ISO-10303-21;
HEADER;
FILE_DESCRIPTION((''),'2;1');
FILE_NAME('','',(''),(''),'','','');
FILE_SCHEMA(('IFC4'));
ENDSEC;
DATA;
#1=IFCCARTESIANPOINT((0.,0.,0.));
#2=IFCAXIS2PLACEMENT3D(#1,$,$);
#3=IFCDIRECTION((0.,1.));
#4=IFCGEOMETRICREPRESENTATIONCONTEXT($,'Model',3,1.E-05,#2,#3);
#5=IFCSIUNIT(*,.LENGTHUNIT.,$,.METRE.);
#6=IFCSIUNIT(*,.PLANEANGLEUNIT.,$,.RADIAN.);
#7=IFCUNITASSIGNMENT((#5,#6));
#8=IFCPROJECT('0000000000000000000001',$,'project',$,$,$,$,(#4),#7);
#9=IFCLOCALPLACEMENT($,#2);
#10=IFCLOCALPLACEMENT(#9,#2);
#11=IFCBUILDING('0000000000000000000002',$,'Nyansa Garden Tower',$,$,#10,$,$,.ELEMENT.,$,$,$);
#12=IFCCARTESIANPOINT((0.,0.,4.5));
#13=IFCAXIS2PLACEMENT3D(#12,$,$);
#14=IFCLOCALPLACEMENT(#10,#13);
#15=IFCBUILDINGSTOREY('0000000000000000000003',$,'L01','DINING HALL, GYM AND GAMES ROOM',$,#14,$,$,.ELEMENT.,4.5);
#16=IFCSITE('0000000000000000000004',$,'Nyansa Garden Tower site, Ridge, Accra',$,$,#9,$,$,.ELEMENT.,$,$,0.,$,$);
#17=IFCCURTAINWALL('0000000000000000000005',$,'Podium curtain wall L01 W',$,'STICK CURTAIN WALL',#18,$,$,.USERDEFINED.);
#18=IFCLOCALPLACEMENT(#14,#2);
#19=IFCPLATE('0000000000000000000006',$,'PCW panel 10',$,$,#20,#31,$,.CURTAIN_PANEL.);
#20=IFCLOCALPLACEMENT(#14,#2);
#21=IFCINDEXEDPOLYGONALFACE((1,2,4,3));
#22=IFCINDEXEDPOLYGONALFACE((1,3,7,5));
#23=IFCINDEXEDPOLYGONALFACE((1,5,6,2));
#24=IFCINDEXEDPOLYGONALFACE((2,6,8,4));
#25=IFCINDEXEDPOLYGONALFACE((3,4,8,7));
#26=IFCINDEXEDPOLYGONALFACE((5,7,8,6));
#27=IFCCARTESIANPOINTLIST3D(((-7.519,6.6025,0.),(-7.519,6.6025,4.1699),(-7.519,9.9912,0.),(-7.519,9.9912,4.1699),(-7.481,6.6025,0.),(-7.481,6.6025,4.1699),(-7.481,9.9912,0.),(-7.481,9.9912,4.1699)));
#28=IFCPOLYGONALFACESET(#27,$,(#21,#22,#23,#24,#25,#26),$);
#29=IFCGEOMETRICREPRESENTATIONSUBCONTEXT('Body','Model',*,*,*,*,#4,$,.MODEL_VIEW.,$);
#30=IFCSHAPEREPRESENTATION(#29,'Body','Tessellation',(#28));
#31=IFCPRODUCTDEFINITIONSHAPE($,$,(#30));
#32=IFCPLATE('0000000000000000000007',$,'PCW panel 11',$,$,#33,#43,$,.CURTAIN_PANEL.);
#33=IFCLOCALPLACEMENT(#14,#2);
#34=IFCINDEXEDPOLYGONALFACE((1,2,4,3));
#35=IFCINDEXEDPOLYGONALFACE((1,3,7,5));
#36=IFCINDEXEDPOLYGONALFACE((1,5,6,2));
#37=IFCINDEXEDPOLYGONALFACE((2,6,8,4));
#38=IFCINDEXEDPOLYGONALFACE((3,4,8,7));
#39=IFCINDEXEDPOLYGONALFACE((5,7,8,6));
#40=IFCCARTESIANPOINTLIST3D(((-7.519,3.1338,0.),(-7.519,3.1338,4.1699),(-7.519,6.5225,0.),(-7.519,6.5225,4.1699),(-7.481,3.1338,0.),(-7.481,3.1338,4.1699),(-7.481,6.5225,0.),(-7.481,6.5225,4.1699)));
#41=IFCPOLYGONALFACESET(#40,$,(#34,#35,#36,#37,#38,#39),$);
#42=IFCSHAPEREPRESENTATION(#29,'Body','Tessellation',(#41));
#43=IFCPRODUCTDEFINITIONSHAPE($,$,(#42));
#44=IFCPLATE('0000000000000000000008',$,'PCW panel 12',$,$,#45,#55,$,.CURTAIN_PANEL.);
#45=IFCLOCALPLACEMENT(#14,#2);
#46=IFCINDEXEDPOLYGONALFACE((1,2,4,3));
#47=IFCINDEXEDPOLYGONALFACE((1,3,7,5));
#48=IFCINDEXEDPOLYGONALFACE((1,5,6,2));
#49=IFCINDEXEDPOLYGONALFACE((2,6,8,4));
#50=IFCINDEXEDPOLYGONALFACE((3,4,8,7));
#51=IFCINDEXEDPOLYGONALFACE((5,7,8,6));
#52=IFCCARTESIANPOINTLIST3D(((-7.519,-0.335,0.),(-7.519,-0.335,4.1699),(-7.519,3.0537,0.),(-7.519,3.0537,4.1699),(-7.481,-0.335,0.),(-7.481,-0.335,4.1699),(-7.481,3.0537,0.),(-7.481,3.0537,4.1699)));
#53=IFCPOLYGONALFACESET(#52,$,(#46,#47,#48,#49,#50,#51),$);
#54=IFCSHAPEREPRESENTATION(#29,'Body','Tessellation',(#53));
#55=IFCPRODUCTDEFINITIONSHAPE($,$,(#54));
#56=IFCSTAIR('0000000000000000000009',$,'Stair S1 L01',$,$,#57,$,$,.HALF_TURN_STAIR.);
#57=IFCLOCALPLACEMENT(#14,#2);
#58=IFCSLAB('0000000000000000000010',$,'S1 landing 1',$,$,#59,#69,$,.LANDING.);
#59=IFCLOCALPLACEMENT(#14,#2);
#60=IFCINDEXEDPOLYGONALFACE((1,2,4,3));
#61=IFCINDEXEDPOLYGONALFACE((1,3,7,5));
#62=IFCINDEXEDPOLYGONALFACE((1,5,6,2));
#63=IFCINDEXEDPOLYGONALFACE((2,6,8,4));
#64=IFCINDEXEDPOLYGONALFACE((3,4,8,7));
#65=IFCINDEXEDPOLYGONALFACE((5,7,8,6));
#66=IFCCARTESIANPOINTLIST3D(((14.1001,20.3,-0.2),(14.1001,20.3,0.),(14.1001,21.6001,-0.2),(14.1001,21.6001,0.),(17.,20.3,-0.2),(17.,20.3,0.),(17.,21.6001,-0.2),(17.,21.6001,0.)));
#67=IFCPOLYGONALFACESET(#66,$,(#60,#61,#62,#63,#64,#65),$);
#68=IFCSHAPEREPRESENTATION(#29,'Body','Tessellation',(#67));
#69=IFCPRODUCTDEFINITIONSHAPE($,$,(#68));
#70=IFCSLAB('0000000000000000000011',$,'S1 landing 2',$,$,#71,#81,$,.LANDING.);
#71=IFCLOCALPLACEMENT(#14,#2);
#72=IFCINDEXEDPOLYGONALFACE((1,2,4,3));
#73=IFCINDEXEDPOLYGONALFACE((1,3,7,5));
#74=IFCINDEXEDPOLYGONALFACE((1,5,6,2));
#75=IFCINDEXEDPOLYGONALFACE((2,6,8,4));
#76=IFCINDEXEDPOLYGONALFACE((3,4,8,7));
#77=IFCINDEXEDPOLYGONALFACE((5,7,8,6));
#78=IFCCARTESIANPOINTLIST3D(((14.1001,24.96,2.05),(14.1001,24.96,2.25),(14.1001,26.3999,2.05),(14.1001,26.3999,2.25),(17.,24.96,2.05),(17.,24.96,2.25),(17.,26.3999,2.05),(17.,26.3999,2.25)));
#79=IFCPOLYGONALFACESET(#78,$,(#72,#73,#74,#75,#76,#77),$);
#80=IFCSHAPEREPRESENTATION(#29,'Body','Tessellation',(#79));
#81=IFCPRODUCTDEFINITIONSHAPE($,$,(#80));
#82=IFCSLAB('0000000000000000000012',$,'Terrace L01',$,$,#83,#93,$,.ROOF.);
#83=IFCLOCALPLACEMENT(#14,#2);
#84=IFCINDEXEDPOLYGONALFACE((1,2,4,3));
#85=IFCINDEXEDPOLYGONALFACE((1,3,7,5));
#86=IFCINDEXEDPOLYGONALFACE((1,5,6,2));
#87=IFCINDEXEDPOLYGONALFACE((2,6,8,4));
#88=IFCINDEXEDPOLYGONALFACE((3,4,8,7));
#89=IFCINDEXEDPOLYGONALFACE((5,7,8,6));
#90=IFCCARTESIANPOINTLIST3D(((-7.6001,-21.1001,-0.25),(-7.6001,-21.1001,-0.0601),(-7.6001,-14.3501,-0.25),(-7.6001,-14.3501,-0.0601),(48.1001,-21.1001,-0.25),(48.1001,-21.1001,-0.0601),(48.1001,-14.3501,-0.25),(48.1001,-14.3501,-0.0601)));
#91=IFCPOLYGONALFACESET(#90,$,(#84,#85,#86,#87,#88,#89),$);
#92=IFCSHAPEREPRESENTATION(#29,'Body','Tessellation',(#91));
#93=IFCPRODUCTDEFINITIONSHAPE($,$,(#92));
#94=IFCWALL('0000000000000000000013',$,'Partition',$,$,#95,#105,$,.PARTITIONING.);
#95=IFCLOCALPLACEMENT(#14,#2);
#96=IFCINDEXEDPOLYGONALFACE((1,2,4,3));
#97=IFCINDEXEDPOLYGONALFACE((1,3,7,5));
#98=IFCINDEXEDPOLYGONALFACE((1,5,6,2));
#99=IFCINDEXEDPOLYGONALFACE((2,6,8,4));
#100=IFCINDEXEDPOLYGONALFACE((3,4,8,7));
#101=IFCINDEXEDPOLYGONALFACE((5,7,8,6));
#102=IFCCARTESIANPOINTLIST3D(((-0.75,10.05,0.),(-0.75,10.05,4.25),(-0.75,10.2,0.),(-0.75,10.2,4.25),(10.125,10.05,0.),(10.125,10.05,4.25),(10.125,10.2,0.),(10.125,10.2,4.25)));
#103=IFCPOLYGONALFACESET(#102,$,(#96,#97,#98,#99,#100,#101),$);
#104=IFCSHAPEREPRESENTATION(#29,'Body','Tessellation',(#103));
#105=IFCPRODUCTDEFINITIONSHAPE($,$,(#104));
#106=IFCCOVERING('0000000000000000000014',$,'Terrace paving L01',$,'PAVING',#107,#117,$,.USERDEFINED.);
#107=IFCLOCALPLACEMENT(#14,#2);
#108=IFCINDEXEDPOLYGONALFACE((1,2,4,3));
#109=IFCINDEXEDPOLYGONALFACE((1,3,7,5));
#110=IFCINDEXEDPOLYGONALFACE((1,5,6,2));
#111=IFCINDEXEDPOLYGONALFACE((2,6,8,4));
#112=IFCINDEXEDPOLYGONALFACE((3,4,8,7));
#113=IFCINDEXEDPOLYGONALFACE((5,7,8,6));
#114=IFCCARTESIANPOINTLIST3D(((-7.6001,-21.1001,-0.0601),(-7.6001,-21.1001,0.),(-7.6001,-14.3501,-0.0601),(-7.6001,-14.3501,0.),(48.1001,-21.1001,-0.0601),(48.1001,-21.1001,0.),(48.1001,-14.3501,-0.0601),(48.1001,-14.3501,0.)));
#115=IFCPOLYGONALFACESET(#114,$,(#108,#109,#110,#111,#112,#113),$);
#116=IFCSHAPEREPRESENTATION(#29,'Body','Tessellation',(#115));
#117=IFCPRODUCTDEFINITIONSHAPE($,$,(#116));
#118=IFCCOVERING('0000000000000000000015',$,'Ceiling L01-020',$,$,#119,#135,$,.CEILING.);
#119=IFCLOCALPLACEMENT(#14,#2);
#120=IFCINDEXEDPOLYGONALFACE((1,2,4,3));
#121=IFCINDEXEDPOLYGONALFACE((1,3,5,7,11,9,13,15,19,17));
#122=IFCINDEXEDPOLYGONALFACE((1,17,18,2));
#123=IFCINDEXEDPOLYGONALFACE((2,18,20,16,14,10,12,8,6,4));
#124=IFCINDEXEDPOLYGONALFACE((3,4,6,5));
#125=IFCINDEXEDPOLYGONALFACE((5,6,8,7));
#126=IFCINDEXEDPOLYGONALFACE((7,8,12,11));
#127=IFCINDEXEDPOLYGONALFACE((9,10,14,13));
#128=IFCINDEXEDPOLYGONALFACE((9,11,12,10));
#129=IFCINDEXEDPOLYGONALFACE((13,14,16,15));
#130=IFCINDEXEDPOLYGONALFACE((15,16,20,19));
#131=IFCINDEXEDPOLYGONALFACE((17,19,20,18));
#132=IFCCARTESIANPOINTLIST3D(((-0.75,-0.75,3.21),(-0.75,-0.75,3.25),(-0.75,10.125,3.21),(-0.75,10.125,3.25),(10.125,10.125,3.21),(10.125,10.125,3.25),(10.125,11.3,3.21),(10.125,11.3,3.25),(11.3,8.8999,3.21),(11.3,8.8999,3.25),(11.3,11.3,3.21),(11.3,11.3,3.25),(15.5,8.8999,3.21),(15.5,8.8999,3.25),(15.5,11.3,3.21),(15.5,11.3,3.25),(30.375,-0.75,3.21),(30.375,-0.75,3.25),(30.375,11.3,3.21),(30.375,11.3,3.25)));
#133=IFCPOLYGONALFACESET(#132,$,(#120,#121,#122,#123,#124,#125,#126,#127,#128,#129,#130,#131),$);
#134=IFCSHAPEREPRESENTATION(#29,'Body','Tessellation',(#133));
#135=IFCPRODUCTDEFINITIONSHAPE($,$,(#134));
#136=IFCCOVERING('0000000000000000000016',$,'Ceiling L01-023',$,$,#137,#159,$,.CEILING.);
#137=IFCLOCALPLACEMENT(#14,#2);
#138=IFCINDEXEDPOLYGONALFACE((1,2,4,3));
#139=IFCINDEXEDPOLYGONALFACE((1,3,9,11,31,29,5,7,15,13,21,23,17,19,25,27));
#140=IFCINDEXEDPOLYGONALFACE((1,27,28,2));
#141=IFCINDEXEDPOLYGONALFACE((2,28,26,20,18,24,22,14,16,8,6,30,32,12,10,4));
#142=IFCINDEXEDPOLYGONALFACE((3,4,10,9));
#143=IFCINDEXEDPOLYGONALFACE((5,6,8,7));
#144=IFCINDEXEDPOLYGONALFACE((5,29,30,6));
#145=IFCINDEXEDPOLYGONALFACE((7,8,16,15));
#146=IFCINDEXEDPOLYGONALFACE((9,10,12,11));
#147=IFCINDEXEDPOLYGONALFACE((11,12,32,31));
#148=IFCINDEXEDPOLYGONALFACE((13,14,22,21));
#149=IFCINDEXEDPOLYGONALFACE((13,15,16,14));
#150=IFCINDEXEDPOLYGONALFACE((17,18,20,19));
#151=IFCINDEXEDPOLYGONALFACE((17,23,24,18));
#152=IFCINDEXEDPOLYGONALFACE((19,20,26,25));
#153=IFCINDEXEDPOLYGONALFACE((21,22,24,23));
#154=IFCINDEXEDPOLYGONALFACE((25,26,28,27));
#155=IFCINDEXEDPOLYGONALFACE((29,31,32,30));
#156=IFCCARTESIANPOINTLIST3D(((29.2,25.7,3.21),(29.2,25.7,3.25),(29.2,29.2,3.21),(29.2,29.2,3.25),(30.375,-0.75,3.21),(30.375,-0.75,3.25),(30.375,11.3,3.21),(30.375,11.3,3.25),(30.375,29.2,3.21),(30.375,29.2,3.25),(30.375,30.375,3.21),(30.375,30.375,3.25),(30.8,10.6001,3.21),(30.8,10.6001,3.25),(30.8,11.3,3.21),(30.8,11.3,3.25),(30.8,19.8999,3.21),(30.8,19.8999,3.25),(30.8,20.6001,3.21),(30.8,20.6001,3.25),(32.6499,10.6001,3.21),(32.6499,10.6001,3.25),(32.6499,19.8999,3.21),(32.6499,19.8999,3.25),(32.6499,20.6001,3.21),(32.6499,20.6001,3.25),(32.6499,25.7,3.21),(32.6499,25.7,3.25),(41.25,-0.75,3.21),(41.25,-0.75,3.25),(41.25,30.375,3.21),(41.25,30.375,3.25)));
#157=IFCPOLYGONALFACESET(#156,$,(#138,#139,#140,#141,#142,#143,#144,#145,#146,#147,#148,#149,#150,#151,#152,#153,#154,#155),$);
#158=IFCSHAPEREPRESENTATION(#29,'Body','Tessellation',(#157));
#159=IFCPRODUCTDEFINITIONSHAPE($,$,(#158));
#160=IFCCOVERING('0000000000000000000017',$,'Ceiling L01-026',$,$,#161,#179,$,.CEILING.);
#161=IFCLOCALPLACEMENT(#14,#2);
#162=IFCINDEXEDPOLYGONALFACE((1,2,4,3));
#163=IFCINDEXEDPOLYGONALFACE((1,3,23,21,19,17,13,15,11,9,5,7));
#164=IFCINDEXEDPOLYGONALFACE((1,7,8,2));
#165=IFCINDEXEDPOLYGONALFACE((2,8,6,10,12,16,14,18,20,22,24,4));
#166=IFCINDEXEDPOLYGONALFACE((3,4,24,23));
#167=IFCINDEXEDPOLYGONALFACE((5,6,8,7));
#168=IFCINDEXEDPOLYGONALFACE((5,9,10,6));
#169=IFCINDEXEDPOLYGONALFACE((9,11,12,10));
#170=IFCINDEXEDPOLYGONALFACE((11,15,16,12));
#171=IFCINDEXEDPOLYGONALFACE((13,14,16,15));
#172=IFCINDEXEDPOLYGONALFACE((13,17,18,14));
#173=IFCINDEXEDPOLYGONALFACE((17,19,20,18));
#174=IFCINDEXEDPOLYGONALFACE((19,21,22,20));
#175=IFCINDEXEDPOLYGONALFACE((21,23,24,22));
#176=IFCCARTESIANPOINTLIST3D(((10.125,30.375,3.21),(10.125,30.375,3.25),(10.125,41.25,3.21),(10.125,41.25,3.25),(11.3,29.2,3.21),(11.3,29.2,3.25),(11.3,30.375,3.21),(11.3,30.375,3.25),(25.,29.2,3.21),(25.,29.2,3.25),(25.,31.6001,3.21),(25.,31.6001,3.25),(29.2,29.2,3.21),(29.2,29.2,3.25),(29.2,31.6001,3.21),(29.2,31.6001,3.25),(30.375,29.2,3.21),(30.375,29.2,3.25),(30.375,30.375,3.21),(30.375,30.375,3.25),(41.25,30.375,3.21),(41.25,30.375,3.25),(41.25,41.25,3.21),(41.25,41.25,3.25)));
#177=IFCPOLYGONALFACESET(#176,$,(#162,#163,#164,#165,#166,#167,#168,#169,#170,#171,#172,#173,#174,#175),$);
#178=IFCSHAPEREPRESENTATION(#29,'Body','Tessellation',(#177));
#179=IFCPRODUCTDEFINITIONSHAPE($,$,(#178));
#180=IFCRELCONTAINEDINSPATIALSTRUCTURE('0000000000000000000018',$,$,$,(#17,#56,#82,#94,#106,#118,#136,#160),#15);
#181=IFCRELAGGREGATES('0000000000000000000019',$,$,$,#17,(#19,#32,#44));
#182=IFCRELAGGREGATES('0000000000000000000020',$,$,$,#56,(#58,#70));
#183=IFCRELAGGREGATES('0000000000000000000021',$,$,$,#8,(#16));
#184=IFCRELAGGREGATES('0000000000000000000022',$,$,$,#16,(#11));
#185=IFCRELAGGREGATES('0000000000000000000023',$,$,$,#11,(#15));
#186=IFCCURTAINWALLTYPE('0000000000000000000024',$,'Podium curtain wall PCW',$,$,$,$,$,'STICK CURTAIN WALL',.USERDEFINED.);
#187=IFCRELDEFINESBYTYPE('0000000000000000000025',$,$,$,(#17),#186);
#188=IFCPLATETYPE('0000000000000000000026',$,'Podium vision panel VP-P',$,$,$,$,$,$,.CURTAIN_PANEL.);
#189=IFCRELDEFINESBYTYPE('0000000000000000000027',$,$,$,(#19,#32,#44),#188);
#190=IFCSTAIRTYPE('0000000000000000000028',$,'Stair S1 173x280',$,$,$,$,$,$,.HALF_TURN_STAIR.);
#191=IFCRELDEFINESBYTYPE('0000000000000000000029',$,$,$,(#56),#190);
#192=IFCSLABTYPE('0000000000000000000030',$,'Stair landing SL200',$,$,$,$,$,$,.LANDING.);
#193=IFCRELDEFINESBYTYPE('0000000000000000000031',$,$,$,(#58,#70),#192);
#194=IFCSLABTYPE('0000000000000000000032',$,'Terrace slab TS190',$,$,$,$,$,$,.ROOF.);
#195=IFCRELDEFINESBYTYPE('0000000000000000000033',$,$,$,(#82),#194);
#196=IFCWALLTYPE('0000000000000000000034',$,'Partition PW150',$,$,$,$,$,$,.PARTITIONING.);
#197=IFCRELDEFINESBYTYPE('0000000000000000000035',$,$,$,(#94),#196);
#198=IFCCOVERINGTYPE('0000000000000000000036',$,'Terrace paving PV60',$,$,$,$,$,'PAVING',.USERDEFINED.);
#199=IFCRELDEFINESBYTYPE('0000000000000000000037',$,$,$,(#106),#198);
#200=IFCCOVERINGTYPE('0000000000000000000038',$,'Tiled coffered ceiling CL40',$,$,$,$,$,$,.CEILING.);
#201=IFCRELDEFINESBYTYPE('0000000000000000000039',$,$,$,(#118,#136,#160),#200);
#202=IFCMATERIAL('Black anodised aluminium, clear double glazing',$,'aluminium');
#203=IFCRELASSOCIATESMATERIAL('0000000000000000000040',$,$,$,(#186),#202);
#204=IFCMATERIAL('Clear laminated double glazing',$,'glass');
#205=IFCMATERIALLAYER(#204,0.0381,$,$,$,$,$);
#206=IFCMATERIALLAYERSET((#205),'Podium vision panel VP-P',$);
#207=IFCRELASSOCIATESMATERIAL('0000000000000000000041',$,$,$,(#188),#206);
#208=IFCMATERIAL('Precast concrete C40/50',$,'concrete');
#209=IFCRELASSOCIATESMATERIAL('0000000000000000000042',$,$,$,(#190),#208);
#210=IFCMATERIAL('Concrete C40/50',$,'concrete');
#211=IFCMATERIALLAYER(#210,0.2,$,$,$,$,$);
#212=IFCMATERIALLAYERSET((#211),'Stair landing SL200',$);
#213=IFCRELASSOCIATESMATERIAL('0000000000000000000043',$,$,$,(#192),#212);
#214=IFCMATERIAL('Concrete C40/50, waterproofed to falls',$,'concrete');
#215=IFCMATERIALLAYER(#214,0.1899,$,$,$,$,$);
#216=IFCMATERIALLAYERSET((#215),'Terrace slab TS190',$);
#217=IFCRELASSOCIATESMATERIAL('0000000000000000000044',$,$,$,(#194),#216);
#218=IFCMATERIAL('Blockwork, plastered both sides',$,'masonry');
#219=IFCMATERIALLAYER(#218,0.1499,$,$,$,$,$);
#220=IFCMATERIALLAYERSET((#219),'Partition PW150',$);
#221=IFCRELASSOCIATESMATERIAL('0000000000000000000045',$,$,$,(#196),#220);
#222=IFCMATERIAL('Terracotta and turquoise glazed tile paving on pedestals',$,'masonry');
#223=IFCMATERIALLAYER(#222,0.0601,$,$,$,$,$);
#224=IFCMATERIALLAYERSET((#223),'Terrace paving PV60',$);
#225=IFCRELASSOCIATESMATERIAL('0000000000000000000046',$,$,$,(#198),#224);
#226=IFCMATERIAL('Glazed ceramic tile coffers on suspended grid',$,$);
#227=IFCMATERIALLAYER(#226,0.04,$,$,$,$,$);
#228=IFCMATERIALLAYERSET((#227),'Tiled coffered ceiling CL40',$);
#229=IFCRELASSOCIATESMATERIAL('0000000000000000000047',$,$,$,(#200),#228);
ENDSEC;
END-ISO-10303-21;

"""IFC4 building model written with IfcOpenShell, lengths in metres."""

from ifc_helpers import new_model, si_unit, direction, frame, frame_2d, origin, origin_2d, place, context, subcontext, project, spatial, polyline, rectangle, outline, extrude, material, layer, layer_set, type_object, element, aggregate, save


model = new_model("IFC4")

# Units and contexts
model_context = context("Model", 3, precision=1e-05, world=origin(), true_north=direction((0.0, 1.0)))
body_context = subcontext(model_context, "Body", "Model", "MODEL_VIEW")
ifc_project = project(units=[si_unit("LENGTHUNIT", "METRE"), si_unit("PLANEANGLEUNIT", "RADIAN")], contexts=[model_context])

# Site, building, storey
site_placement = place(None, origin())
site = spatial("IfcSite", under=ifc_project, at=site_placement, Name="Nyansa Garden Tower site, Ridge, Accra", CompositionType="ELEMENT", RefElevation=0.0)
building_placement = place(site_placement, origin())
building = spatial("IfcBuilding", under=site, at=building_placement, Name="Nyansa Garden Tower", CompositionType="ELEMENT")
storey_placement = place(building_placement, frame((0.0, 0.0, 4.5)))
storey = spatial("IfcBuildingStorey", under=building, at=storey_placement, Name="L01", Description="DINING HALL, GYM AND GAMES ROOM", CompositionType="ELEMENT", Elevation=4.5)

# Curtain wall
ifc_material_1 = material(Name="Black anodised aluminium, clear double glazing", Category="aluminium")
curtain_wall_type = type_object("IfcCurtainWallType", Name="Podium curtain wall PCW", ElementType="STICK CURTAIN WALL", PredefinedType="USERDEFINED", material=ifc_material_1)
curtain_wall_placement = place(storey_placement, origin())
curtain_wall = element("IfcCurtainWall", 1, at=curtain_wall_placement, inside=storey, type_object=curtain_wall_type, Name="Podium curtain wall L01 W", ObjectType="STICK CURTAIN WALL", PredefinedType="USERDEFINED")

# Plates
ifc_material_2 = material(Name="Clear laminated double glazing", Category="glass")
ifc_layer_1 = layer(ifc_material_2, 0.0381)
ifc_layer_set_1 = layer_set([ifc_layer_1], Name="Podium vision panel VP-P")
plate_type = type_object("IfcPlateType", Name="Podium vision panel VP-P", PredefinedType="CURTAIN_PANEL", material=ifc_layer_set_1)
plate_1_placement = place(storey_placement, frame((-7.5, 8.2969, 0.0), z_axis=(0.0, 0.0, 1.0), x_axis=(0.0, -1.0, 0.0)))
plate_1 = element("IfcPlate", 2, at=plate_1_placement, type_object=plate_type, Name="PCW panel 10", PredefinedType="CURTAIN_PANEL", context=body_context, shape_type="SweptSolid", body=[
    extrude(rectangle(XDim=3.3887, YDim=0.0381, at=origin_2d()), origin(), (0.0, 0.0, 1.0), 4.1699),
])
plate_2_placement = place(storey_placement, frame((-7.5, 4.8281, 0.0), z_axis=(0.0, 0.0, 1.0), x_axis=(0.0, -1.0, 0.0)))
plate_2 = element("IfcPlate", 3, at=plate_2_placement, type_object=plate_type, Name="PCW panel 11", PredefinedType="CURTAIN_PANEL", context=body_context, shape_type="SweptSolid", body=[
    extrude(rectangle(XDim=3.3887, YDim=0.0381, at=origin_2d()), origin(), (0.0, 0.0, 1.0), 4.1699),
])
plate_3_placement = place(storey_placement, frame((-7.5, 1.3594, 0.0), z_axis=(0.0, 0.0, 1.0), x_axis=(0.0, -1.0, 0.0)))
plate_3 = element("IfcPlate", 4, at=plate_3_placement, type_object=plate_type, Name="PCW panel 12", PredefinedType="CURTAIN_PANEL", context=body_context, shape_type="SweptSolid", body=[
    extrude(rectangle(XDim=3.3887, YDim=0.0381, at=origin_2d()), origin(), (0.0, 0.0, 1.0), 4.1699),
])
aggregate(curtain_wall, [plate_1, plate_2, plate_3])

# Stair, slabs
ifc_material_3 = material(Name="Precast concrete C40/50", Category="concrete")
stair_type = type_object("IfcStairType", Name="Stair S1 173x280", PredefinedType="HALF_TURN_STAIR", material=ifc_material_3)
stair_placement = place(storey_placement, origin())
stair = element("IfcStair", 5, at=stair_placement, inside=storey, type_object=stair_type, Name="Stair S1 L01", PredefinedType="HALF_TURN_STAIR")
ifc_material_4 = material(Name="Concrete C40/50", Category="concrete")
ifc_layer_2 = layer(ifc_material_4, 0.2)
ifc_layer_set_2 = layer_set([ifc_layer_2], Name="Stair landing SL200")
slab_type_1 = type_object("IfcSlabType", Name="Stair landing SL200", PredefinedType="LANDING", material=ifc_layer_set_2)
slab_1_placement = place(storey_placement, frame((0.0, 0.0, -0.2)))
slab_1 = element("IfcSlab", 6, at=slab_1_placement, type_object=slab_type_1, Name="S1 landing 1", PredefinedType="LANDING", context=body_context, shape_type="SweptSolid", body=[
    extrude(outline(polyline([(14.1001, 20.3), (17.0, 20.3), (17.0, 21.6001), (14.1001, 21.6001), (14.1001, 20.3)])), origin(), (0.0, 0.0, 1.0), 0.2),
])
slab_2_placement = place(storey_placement, frame((0.0, 0.0, 2.05)))
slab_2 = element("IfcSlab", 7, at=slab_2_placement, type_object=slab_type_1, Name="S1 landing 2", PredefinedType="LANDING", context=body_context, shape_type="SweptSolid", body=[
    extrude(outline(polyline([(14.1001, 24.96), (17.0, 24.96), (17.0, 26.3999), (14.1001, 26.3999), (14.1001, 24.96)])), origin(), (0.0, 0.0, 1.0), 0.2),
])
aggregate(stair, [slab_1, slab_2])

# Slab
ifc_material_5 = material(Name="Concrete C40/50, waterproofed to falls", Category="concrete")
ifc_layer_3 = layer(ifc_material_5, 0.1899)
ifc_layer_set_3 = layer_set([ifc_layer_3], Name="Terrace slab TS190")
slab_type_2 = type_object("IfcSlabType", Name="Terrace slab TS190", PredefinedType="ROOF", material=ifc_layer_set_3)
slab_3_placement = place(storey_placement, frame((0.0, 0.0, -0.25)))
element("IfcSlab", 8, at=slab_3_placement, inside=storey, type_object=slab_type_2, Name="Terrace L01", PredefinedType="ROOF", context=body_context, shape_type="SweptSolid", body=[
    extrude(outline(polyline([(-7.6001, -21.1001), (-7.6001, -14.3501), (48.1001, -14.3501), (48.1001, -21.1001), (-7.6001, -21.1001)])), origin(), (0.0, 0.0, 1.0), 0.1899),
])

# Wall
ifc_material_6 = material(Name="Blockwork, plastered both sides", Category="masonry")
ifc_layer_4 = layer(ifc_material_6, 0.1499)
ifc_layer_set_4 = layer_set([ifc_layer_4], Name="Partition PW150")
wall_type = type_object("IfcWallType", Name="Partition PW150", PredefinedType="PARTITIONING", material=ifc_layer_set_4)
wall_placement = place(storey_placement, frame((-0.75, 10.125, 0.0), z_axis=(0.0, 0.0, 1.0), x_axis=(1.0, 0.0, 0.0)))
element("IfcWall", 9, at=wall_placement, inside=storey, type_object=wall_type, Name="Partition", PredefinedType="PARTITIONING", context=body_context, shape_type="SweptSolid", body=[
    extrude(rectangle(XDim=10.875, YDim=0.1499, at=frame_2d((5.4375, 0.0))), origin(), (0.0, 0.0, 1.0), 4.25),
])

# Coverings
ifc_material_7 = material(Name="Terracotta and turquoise glazed tile paving on pedestals", Category="masonry")
ifc_layer_5 = layer(ifc_material_7, 0.0601)
ifc_layer_set_5 = layer_set([ifc_layer_5], Name="Terrace paving PV60")
covering_type_1 = type_object("IfcCoveringType", Name="Terrace paving PV60", ElementType="PAVING", PredefinedType="USERDEFINED", material=ifc_layer_set_5)
covering_1_placement = place(storey_placement, frame((0.0, 0.0, -0.0601)))
element("IfcCovering", 10, at=covering_1_placement, inside=storey, type_object=covering_type_1, Name="Terrace paving L01", ObjectType="PAVING", PredefinedType="USERDEFINED", context=body_context, shape_type="SweptSolid", body=[
    extrude(outline(polyline([(-7.6001, -21.1001), (-7.6001, -14.3501), (48.1001, -14.3501), (48.1001, -21.1001), (-7.6001, -21.1001)])), origin(), (0.0, 0.0, 1.0), 0.0601),
])
ifc_material_8 = material(Name="Glazed ceramic tile coffers on suspended grid")
ifc_layer_6 = layer(ifc_material_8, 0.04)
ifc_layer_set_6 = layer_set([ifc_layer_6], Name="Tiled coffered ceiling CL40")
covering_type_2 = type_object("IfcCoveringType", Name="Tiled coffered ceiling CL40", PredefinedType="CEILING", material=ifc_layer_set_6)
covering_2_placement = place(storey_placement, frame((0.0, 0.0, 3.21)))
element("IfcCovering", 11, at=covering_2_placement, inside=storey, type_object=covering_type_2, Name="Ceiling L01-020", PredefinedType="CEILING", context=body_context, shape_type="SweptSolid", body=[
    extrude(outline(polyline([(10.125, 10.125), (10.125, 11.3), (11.3, 11.3), (11.3, 8.8999), (15.5, 8.8999), (15.5, 11.3), (30.375, 11.3), (30.375, -0.75), (-0.75, -0.75), (-0.75, 10.125), (10.125, 10.125)])), origin(), (0.0, 0.0, 1.0), 0.04),
])
covering_3_placement = place(storey_placement, frame((0.0, 0.0, 3.21)))
element("IfcCovering", 12, at=covering_3_placement, inside=storey, type_object=covering_type_2, Name="Ceiling L01-023", PredefinedType="CEILING", context=body_context, shape_type="SweptSolid", body=[
    extrude(outline(polyline([(30.8, 11.3), (30.8, 10.6001), (32.6499, 10.6001), (32.6499, 19.8999), (30.8, 19.8999), (30.8, 20.6001), (32.6499, 20.6001), (32.6499, 25.7), (29.2, 25.7), (29.2, 29.2), (30.375, 29.2), (30.375, 30.375), (41.25, 30.375), (41.25, -0.75), (30.375, -0.75), (30.375, 11.3), (30.8, 11.3)])), origin(), (0.0, 0.0, 1.0), 0.04),
])
covering_4_placement = place(storey_placement, frame((0.0, 0.0, 3.21)))
element("IfcCovering", 13, at=covering_4_placement, inside=storey, type_object=covering_type_2, Name="Ceiling L01-026", PredefinedType="CEILING", context=body_context, shape_type="SweptSolid", body=[
    extrude(outline(polyline([(41.25, 30.375), (30.375, 30.375), (30.375, 29.2), (29.2, 29.2), (29.2, 31.6001), (25.0, 31.6001), (25.0, 29.2), (11.3, 29.2), (11.3, 30.375), (10.125, 30.375), (10.125, 41.25), (41.25, 41.25), (41.25, 30.375)])), origin(), (0.0, 0.0, 1.0), 0.04),
])

save(model, "model.ifc")
